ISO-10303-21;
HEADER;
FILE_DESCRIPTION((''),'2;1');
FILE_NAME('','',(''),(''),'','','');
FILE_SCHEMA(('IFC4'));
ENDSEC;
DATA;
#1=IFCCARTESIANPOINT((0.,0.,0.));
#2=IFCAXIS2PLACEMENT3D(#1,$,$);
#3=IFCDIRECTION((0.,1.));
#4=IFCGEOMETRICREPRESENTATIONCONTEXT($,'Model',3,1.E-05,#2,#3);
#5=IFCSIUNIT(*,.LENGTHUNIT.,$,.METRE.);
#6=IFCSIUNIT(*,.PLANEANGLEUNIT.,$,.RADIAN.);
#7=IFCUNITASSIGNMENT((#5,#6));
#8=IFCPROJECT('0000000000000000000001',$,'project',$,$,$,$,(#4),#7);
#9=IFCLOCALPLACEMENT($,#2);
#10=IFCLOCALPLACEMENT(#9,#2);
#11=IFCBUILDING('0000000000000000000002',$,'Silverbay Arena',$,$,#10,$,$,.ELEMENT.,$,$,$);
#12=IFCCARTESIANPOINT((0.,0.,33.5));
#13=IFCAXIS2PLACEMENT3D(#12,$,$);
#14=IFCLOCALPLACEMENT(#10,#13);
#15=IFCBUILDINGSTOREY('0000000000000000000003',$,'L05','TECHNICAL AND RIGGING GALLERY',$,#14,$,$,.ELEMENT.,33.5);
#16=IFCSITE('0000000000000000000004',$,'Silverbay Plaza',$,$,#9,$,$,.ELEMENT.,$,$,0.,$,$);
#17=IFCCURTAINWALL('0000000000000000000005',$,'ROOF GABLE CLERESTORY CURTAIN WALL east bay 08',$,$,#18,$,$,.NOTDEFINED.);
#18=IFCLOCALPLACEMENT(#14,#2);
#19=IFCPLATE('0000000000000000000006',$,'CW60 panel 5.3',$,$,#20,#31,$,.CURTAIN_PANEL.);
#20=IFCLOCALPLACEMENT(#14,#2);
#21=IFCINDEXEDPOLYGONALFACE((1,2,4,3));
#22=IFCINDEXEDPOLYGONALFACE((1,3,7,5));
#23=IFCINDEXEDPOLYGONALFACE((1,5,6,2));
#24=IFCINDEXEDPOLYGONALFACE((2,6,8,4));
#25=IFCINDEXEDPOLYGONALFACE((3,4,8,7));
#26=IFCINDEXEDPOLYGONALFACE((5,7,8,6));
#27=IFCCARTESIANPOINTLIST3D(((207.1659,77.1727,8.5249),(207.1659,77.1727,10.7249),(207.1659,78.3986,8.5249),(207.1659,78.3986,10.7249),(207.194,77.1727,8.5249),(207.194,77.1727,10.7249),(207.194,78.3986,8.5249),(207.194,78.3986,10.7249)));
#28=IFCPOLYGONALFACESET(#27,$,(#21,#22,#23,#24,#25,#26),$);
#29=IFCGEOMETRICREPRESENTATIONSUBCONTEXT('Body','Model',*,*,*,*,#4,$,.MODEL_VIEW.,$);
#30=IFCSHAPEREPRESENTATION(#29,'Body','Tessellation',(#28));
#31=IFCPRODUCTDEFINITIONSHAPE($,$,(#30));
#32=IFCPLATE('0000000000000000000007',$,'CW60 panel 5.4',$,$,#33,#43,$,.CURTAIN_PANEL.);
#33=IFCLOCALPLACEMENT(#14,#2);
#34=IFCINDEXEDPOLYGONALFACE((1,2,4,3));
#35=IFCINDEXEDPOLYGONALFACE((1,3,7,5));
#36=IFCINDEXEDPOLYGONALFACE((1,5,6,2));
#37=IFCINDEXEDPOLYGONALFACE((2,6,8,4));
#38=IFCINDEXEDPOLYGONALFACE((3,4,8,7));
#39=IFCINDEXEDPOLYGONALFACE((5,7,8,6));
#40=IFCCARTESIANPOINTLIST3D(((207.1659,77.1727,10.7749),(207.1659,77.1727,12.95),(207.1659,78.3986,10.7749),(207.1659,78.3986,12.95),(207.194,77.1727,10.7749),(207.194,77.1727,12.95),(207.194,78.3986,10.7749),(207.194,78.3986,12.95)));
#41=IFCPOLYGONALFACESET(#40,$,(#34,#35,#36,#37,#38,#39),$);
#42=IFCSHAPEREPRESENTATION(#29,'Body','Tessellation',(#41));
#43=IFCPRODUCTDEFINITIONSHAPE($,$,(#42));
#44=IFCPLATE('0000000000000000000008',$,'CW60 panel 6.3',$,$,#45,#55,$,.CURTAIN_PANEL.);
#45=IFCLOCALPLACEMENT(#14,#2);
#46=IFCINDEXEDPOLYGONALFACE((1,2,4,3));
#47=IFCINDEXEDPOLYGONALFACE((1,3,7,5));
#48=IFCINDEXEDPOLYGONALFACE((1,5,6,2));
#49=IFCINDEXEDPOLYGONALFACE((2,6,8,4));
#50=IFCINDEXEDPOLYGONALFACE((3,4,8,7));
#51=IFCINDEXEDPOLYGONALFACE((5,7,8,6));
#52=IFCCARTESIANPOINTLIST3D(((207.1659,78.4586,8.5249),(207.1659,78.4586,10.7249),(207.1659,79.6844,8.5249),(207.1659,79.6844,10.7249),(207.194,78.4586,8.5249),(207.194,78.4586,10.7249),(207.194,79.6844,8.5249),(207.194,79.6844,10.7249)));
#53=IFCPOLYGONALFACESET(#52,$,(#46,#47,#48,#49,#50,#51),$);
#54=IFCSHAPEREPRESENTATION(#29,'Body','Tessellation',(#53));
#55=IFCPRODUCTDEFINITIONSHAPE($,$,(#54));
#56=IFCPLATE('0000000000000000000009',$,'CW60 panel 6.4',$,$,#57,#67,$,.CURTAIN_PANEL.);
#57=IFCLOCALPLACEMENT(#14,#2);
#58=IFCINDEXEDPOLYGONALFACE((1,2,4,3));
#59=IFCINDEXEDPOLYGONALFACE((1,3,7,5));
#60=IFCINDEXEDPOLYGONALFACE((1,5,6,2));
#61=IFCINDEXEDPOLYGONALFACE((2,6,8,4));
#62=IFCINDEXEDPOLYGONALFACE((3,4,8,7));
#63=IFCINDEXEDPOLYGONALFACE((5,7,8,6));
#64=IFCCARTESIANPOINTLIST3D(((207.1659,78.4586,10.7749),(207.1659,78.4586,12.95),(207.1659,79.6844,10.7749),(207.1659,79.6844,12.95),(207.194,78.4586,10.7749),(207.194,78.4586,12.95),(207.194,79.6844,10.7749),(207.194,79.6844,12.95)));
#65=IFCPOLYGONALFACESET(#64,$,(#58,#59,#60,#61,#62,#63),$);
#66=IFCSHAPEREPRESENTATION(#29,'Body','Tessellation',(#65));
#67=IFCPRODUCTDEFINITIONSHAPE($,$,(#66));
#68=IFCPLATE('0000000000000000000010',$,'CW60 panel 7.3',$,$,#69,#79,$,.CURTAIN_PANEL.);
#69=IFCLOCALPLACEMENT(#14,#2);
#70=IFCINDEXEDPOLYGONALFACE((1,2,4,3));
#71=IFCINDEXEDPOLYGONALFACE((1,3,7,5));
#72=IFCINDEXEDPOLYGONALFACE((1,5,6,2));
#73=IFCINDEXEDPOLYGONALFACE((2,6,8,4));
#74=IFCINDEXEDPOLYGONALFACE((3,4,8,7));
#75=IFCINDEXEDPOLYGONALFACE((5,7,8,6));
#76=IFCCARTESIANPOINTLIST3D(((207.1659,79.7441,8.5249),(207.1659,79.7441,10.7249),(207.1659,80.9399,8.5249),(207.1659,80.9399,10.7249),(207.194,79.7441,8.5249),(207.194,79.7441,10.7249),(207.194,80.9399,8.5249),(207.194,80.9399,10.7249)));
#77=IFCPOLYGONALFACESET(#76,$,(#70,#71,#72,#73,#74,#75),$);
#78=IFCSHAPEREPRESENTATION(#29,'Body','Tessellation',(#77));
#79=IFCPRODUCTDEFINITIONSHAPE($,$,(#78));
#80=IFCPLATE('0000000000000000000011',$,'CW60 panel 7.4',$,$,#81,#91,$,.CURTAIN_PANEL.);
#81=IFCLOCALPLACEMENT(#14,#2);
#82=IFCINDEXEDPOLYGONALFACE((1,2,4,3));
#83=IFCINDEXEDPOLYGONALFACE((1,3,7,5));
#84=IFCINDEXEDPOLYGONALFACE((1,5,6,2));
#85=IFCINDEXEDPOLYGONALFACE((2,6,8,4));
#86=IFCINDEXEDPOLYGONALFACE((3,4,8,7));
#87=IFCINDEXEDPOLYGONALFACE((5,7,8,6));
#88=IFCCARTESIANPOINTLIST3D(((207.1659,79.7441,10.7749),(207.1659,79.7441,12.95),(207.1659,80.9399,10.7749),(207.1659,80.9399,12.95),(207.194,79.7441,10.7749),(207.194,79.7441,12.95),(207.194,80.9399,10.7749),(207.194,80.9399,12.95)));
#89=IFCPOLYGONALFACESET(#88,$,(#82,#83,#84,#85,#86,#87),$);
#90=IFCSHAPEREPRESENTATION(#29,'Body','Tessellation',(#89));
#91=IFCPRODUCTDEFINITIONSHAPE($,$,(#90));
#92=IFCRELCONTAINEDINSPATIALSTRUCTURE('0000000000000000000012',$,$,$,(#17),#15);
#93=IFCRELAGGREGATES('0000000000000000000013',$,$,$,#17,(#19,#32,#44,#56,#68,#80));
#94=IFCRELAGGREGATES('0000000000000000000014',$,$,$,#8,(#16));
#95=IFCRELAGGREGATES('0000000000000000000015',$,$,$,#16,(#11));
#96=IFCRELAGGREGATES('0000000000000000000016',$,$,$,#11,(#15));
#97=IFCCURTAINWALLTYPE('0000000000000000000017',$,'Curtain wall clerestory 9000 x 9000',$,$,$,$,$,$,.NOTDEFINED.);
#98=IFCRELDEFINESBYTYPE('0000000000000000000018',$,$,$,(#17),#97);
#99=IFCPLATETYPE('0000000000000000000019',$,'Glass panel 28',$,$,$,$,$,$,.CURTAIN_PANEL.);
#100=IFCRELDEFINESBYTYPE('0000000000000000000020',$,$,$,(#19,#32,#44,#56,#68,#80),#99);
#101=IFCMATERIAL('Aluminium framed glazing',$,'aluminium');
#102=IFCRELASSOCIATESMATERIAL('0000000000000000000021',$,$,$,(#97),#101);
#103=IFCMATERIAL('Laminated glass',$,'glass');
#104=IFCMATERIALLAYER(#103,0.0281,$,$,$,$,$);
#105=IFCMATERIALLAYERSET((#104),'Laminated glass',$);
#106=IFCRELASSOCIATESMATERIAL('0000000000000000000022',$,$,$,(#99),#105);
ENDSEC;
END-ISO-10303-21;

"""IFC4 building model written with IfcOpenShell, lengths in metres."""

from ifc_helpers import new_model, si_unit, direction, frame, origin, origin_2d, place, context, subcontext, project, spatial, rectangle, extrude, material, layer, layer_set, type_object, element, aggregate, save


model = new_model("IFC4")

# Units and contexts
model_context = context("Model", 3, precision=1e-05, world=origin(), true_north=direction((0.0, 1.0)))
body_context = subcontext(model_context, "Body", "Model", "MODEL_VIEW")
ifc_project = project(units=[si_unit("LENGTHUNIT", "METRE"), si_unit("PLANEANGLEUNIT", "RADIAN")], contexts=[model_context])

# Site, building, storey
site_placement = place(None, origin())
site = spatial("IfcSite", under=ifc_project, at=site_placement, Name="Silverbay Plaza", CompositionType="ELEMENT", RefElevation=0.0)
building_placement = place(site_placement, origin())
building = spatial("IfcBuilding", under=site, at=building_placement, Name="Silverbay Arena", CompositionType="ELEMENT")
storey_placement = place(building_placement, frame((0.0, 0.0, 33.5)))
storey = spatial("IfcBuildingStorey", under=building, at=storey_placement, Name="L05", Description="TECHNICAL AND RIGGING GALLERY", CompositionType="ELEMENT", Elevation=33.5)

# Curtain wall, plates
ifc_material_1 = material(Name="Aluminium framed glazing", Category="aluminium")
curtain_wall_type = type_object("IfcCurtainWallType", Name="Curtain wall clerestory 9000 x 9000", PredefinedType="NOTDEFINED", material=ifc_material_1)
curtain_wall_placement = place(storey_placement, origin())
curtain_wall = element("IfcCurtainWall", 1, at=curtain_wall_placement, inside=storey, type_object=curtain_wall_type, Name="ROOF GABLE CLERESTORY CURTAIN WALL east bay 08", PredefinedType="NOTDEFINED")
ifc_material_2 = material(Name="Laminated glass", Category="glass")
ifc_layer = layer(ifc_material_2, 0.0281)
ifc_layer_set = layer_set([ifc_layer], Name="Laminated glass")
plate_type = type_object("IfcPlateType", Name="Glass panel 28", PredefinedType="CURTAIN_PANEL", material=ifc_layer_set)
plate_1_placement = place(storey_placement, frame((207.1799, 77.7856, 8.5249), z_axis=(0.0, 0.0, 1.0), x_axis=(0.0, 1.0, 0.0)))
plate_1 = element("IfcPlate", 2, at=plate_1_placement, type_object=plate_type, Name="CW60 panel 5.3", PredefinedType="CURTAIN_PANEL", context=body_context, shape_type="SweptSolid", body=[
    extrude(rectangle(XDim=1.2258, YDim=0.0281, at=origin_2d()), origin(), (0.0, 0.0, 1.0), 2.2),
])
plate_2_placement = place(storey_placement, frame((207.1799, 77.7856, 10.7749), z_axis=(0.0, 0.0, 1.0), x_axis=(0.0, 1.0, 0.0)))
plate_2 = element("IfcPlate", 3, at=plate_2_placement, type_object=plate_type, Name="CW60 panel 5.4", PredefinedType="CURTAIN_PANEL", context=body_context, shape_type="SweptSolid", body=[
    extrude(rectangle(XDim=1.2258, YDim=0.0281, at=origin_2d()), origin(), (0.0, 0.0, 1.0), 2.175),
])
plate_3_placement = place(storey_placement, frame((207.1799, 79.0715, 8.5249), z_axis=(0.0, 0.0, 1.0), x_axis=(0.0, 1.0, 0.0)))
plate_3 = element("IfcPlate", 4, at=plate_3_placement, type_object=plate_type, Name="CW60 panel 6.3", PredefinedType="CURTAIN_PANEL", context=body_context, shape_type="SweptSolid", body=[
    extrude(rectangle(XDim=1.2258, YDim=0.0281, at=origin_2d()), origin(), (0.0, 0.0, 1.0), 2.2),
])
plate_4_placement = place(storey_placement, frame((207.1799, 79.0715, 10.7749), z_axis=(0.0, 0.0, 1.0), x_axis=(0.0, 1.0, 0.0)))
plate_4 = element("IfcPlate", 5, at=plate_4_placement, type_object=plate_type, Name="CW60 panel 6.4", PredefinedType="CURTAIN_PANEL", context=body_context, shape_type="SweptSolid", body=[
    extrude(rectangle(XDim=1.2258, YDim=0.0281, at=origin_2d()), origin(), (0.0, 0.0, 1.0), 2.175),
])
plate_5_placement = place(storey_placement, frame((207.1799, 80.342, 8.5249), z_axis=(0.0, 0.0, 1.0), x_axis=(0.0, 1.0, 0.0)))
plate_5 = element("IfcPlate", 6, at=plate_5_placement, type_object=plate_type, Name="CW60 panel 7.3", PredefinedType="CURTAIN_PANEL", context=body_context, shape_type="SweptSolid", body=[
    extrude(rectangle(XDim=1.1958, YDim=0.0281, at=origin_2d()), origin(), (0.0, 0.0, 1.0), 2.2),
])
plate_6_placement = place(storey_placement, frame((207.1799, 80.342, 10.7749), z_axis=(0.0, 0.0, 1.0), x_axis=(0.0, 1.0, 0.0)))
plate_6 = element("IfcPlate", 7, at=plate_6_placement, type_object=plate_type, Name="CW60 panel 7.4", PredefinedType="CURTAIN_PANEL", context=body_context, shape_type="SweptSolid", body=[
    extrude(rectangle(XDim=1.1958, YDim=0.0281, at=origin_2d()), origin(), (0.0, 0.0, 1.0), 2.175),
])
aggregate(curtain_wall, [plate_1, plate_2, plate_3, plate_4, plate_5, plate_6])

save(model, "model.ifc")
